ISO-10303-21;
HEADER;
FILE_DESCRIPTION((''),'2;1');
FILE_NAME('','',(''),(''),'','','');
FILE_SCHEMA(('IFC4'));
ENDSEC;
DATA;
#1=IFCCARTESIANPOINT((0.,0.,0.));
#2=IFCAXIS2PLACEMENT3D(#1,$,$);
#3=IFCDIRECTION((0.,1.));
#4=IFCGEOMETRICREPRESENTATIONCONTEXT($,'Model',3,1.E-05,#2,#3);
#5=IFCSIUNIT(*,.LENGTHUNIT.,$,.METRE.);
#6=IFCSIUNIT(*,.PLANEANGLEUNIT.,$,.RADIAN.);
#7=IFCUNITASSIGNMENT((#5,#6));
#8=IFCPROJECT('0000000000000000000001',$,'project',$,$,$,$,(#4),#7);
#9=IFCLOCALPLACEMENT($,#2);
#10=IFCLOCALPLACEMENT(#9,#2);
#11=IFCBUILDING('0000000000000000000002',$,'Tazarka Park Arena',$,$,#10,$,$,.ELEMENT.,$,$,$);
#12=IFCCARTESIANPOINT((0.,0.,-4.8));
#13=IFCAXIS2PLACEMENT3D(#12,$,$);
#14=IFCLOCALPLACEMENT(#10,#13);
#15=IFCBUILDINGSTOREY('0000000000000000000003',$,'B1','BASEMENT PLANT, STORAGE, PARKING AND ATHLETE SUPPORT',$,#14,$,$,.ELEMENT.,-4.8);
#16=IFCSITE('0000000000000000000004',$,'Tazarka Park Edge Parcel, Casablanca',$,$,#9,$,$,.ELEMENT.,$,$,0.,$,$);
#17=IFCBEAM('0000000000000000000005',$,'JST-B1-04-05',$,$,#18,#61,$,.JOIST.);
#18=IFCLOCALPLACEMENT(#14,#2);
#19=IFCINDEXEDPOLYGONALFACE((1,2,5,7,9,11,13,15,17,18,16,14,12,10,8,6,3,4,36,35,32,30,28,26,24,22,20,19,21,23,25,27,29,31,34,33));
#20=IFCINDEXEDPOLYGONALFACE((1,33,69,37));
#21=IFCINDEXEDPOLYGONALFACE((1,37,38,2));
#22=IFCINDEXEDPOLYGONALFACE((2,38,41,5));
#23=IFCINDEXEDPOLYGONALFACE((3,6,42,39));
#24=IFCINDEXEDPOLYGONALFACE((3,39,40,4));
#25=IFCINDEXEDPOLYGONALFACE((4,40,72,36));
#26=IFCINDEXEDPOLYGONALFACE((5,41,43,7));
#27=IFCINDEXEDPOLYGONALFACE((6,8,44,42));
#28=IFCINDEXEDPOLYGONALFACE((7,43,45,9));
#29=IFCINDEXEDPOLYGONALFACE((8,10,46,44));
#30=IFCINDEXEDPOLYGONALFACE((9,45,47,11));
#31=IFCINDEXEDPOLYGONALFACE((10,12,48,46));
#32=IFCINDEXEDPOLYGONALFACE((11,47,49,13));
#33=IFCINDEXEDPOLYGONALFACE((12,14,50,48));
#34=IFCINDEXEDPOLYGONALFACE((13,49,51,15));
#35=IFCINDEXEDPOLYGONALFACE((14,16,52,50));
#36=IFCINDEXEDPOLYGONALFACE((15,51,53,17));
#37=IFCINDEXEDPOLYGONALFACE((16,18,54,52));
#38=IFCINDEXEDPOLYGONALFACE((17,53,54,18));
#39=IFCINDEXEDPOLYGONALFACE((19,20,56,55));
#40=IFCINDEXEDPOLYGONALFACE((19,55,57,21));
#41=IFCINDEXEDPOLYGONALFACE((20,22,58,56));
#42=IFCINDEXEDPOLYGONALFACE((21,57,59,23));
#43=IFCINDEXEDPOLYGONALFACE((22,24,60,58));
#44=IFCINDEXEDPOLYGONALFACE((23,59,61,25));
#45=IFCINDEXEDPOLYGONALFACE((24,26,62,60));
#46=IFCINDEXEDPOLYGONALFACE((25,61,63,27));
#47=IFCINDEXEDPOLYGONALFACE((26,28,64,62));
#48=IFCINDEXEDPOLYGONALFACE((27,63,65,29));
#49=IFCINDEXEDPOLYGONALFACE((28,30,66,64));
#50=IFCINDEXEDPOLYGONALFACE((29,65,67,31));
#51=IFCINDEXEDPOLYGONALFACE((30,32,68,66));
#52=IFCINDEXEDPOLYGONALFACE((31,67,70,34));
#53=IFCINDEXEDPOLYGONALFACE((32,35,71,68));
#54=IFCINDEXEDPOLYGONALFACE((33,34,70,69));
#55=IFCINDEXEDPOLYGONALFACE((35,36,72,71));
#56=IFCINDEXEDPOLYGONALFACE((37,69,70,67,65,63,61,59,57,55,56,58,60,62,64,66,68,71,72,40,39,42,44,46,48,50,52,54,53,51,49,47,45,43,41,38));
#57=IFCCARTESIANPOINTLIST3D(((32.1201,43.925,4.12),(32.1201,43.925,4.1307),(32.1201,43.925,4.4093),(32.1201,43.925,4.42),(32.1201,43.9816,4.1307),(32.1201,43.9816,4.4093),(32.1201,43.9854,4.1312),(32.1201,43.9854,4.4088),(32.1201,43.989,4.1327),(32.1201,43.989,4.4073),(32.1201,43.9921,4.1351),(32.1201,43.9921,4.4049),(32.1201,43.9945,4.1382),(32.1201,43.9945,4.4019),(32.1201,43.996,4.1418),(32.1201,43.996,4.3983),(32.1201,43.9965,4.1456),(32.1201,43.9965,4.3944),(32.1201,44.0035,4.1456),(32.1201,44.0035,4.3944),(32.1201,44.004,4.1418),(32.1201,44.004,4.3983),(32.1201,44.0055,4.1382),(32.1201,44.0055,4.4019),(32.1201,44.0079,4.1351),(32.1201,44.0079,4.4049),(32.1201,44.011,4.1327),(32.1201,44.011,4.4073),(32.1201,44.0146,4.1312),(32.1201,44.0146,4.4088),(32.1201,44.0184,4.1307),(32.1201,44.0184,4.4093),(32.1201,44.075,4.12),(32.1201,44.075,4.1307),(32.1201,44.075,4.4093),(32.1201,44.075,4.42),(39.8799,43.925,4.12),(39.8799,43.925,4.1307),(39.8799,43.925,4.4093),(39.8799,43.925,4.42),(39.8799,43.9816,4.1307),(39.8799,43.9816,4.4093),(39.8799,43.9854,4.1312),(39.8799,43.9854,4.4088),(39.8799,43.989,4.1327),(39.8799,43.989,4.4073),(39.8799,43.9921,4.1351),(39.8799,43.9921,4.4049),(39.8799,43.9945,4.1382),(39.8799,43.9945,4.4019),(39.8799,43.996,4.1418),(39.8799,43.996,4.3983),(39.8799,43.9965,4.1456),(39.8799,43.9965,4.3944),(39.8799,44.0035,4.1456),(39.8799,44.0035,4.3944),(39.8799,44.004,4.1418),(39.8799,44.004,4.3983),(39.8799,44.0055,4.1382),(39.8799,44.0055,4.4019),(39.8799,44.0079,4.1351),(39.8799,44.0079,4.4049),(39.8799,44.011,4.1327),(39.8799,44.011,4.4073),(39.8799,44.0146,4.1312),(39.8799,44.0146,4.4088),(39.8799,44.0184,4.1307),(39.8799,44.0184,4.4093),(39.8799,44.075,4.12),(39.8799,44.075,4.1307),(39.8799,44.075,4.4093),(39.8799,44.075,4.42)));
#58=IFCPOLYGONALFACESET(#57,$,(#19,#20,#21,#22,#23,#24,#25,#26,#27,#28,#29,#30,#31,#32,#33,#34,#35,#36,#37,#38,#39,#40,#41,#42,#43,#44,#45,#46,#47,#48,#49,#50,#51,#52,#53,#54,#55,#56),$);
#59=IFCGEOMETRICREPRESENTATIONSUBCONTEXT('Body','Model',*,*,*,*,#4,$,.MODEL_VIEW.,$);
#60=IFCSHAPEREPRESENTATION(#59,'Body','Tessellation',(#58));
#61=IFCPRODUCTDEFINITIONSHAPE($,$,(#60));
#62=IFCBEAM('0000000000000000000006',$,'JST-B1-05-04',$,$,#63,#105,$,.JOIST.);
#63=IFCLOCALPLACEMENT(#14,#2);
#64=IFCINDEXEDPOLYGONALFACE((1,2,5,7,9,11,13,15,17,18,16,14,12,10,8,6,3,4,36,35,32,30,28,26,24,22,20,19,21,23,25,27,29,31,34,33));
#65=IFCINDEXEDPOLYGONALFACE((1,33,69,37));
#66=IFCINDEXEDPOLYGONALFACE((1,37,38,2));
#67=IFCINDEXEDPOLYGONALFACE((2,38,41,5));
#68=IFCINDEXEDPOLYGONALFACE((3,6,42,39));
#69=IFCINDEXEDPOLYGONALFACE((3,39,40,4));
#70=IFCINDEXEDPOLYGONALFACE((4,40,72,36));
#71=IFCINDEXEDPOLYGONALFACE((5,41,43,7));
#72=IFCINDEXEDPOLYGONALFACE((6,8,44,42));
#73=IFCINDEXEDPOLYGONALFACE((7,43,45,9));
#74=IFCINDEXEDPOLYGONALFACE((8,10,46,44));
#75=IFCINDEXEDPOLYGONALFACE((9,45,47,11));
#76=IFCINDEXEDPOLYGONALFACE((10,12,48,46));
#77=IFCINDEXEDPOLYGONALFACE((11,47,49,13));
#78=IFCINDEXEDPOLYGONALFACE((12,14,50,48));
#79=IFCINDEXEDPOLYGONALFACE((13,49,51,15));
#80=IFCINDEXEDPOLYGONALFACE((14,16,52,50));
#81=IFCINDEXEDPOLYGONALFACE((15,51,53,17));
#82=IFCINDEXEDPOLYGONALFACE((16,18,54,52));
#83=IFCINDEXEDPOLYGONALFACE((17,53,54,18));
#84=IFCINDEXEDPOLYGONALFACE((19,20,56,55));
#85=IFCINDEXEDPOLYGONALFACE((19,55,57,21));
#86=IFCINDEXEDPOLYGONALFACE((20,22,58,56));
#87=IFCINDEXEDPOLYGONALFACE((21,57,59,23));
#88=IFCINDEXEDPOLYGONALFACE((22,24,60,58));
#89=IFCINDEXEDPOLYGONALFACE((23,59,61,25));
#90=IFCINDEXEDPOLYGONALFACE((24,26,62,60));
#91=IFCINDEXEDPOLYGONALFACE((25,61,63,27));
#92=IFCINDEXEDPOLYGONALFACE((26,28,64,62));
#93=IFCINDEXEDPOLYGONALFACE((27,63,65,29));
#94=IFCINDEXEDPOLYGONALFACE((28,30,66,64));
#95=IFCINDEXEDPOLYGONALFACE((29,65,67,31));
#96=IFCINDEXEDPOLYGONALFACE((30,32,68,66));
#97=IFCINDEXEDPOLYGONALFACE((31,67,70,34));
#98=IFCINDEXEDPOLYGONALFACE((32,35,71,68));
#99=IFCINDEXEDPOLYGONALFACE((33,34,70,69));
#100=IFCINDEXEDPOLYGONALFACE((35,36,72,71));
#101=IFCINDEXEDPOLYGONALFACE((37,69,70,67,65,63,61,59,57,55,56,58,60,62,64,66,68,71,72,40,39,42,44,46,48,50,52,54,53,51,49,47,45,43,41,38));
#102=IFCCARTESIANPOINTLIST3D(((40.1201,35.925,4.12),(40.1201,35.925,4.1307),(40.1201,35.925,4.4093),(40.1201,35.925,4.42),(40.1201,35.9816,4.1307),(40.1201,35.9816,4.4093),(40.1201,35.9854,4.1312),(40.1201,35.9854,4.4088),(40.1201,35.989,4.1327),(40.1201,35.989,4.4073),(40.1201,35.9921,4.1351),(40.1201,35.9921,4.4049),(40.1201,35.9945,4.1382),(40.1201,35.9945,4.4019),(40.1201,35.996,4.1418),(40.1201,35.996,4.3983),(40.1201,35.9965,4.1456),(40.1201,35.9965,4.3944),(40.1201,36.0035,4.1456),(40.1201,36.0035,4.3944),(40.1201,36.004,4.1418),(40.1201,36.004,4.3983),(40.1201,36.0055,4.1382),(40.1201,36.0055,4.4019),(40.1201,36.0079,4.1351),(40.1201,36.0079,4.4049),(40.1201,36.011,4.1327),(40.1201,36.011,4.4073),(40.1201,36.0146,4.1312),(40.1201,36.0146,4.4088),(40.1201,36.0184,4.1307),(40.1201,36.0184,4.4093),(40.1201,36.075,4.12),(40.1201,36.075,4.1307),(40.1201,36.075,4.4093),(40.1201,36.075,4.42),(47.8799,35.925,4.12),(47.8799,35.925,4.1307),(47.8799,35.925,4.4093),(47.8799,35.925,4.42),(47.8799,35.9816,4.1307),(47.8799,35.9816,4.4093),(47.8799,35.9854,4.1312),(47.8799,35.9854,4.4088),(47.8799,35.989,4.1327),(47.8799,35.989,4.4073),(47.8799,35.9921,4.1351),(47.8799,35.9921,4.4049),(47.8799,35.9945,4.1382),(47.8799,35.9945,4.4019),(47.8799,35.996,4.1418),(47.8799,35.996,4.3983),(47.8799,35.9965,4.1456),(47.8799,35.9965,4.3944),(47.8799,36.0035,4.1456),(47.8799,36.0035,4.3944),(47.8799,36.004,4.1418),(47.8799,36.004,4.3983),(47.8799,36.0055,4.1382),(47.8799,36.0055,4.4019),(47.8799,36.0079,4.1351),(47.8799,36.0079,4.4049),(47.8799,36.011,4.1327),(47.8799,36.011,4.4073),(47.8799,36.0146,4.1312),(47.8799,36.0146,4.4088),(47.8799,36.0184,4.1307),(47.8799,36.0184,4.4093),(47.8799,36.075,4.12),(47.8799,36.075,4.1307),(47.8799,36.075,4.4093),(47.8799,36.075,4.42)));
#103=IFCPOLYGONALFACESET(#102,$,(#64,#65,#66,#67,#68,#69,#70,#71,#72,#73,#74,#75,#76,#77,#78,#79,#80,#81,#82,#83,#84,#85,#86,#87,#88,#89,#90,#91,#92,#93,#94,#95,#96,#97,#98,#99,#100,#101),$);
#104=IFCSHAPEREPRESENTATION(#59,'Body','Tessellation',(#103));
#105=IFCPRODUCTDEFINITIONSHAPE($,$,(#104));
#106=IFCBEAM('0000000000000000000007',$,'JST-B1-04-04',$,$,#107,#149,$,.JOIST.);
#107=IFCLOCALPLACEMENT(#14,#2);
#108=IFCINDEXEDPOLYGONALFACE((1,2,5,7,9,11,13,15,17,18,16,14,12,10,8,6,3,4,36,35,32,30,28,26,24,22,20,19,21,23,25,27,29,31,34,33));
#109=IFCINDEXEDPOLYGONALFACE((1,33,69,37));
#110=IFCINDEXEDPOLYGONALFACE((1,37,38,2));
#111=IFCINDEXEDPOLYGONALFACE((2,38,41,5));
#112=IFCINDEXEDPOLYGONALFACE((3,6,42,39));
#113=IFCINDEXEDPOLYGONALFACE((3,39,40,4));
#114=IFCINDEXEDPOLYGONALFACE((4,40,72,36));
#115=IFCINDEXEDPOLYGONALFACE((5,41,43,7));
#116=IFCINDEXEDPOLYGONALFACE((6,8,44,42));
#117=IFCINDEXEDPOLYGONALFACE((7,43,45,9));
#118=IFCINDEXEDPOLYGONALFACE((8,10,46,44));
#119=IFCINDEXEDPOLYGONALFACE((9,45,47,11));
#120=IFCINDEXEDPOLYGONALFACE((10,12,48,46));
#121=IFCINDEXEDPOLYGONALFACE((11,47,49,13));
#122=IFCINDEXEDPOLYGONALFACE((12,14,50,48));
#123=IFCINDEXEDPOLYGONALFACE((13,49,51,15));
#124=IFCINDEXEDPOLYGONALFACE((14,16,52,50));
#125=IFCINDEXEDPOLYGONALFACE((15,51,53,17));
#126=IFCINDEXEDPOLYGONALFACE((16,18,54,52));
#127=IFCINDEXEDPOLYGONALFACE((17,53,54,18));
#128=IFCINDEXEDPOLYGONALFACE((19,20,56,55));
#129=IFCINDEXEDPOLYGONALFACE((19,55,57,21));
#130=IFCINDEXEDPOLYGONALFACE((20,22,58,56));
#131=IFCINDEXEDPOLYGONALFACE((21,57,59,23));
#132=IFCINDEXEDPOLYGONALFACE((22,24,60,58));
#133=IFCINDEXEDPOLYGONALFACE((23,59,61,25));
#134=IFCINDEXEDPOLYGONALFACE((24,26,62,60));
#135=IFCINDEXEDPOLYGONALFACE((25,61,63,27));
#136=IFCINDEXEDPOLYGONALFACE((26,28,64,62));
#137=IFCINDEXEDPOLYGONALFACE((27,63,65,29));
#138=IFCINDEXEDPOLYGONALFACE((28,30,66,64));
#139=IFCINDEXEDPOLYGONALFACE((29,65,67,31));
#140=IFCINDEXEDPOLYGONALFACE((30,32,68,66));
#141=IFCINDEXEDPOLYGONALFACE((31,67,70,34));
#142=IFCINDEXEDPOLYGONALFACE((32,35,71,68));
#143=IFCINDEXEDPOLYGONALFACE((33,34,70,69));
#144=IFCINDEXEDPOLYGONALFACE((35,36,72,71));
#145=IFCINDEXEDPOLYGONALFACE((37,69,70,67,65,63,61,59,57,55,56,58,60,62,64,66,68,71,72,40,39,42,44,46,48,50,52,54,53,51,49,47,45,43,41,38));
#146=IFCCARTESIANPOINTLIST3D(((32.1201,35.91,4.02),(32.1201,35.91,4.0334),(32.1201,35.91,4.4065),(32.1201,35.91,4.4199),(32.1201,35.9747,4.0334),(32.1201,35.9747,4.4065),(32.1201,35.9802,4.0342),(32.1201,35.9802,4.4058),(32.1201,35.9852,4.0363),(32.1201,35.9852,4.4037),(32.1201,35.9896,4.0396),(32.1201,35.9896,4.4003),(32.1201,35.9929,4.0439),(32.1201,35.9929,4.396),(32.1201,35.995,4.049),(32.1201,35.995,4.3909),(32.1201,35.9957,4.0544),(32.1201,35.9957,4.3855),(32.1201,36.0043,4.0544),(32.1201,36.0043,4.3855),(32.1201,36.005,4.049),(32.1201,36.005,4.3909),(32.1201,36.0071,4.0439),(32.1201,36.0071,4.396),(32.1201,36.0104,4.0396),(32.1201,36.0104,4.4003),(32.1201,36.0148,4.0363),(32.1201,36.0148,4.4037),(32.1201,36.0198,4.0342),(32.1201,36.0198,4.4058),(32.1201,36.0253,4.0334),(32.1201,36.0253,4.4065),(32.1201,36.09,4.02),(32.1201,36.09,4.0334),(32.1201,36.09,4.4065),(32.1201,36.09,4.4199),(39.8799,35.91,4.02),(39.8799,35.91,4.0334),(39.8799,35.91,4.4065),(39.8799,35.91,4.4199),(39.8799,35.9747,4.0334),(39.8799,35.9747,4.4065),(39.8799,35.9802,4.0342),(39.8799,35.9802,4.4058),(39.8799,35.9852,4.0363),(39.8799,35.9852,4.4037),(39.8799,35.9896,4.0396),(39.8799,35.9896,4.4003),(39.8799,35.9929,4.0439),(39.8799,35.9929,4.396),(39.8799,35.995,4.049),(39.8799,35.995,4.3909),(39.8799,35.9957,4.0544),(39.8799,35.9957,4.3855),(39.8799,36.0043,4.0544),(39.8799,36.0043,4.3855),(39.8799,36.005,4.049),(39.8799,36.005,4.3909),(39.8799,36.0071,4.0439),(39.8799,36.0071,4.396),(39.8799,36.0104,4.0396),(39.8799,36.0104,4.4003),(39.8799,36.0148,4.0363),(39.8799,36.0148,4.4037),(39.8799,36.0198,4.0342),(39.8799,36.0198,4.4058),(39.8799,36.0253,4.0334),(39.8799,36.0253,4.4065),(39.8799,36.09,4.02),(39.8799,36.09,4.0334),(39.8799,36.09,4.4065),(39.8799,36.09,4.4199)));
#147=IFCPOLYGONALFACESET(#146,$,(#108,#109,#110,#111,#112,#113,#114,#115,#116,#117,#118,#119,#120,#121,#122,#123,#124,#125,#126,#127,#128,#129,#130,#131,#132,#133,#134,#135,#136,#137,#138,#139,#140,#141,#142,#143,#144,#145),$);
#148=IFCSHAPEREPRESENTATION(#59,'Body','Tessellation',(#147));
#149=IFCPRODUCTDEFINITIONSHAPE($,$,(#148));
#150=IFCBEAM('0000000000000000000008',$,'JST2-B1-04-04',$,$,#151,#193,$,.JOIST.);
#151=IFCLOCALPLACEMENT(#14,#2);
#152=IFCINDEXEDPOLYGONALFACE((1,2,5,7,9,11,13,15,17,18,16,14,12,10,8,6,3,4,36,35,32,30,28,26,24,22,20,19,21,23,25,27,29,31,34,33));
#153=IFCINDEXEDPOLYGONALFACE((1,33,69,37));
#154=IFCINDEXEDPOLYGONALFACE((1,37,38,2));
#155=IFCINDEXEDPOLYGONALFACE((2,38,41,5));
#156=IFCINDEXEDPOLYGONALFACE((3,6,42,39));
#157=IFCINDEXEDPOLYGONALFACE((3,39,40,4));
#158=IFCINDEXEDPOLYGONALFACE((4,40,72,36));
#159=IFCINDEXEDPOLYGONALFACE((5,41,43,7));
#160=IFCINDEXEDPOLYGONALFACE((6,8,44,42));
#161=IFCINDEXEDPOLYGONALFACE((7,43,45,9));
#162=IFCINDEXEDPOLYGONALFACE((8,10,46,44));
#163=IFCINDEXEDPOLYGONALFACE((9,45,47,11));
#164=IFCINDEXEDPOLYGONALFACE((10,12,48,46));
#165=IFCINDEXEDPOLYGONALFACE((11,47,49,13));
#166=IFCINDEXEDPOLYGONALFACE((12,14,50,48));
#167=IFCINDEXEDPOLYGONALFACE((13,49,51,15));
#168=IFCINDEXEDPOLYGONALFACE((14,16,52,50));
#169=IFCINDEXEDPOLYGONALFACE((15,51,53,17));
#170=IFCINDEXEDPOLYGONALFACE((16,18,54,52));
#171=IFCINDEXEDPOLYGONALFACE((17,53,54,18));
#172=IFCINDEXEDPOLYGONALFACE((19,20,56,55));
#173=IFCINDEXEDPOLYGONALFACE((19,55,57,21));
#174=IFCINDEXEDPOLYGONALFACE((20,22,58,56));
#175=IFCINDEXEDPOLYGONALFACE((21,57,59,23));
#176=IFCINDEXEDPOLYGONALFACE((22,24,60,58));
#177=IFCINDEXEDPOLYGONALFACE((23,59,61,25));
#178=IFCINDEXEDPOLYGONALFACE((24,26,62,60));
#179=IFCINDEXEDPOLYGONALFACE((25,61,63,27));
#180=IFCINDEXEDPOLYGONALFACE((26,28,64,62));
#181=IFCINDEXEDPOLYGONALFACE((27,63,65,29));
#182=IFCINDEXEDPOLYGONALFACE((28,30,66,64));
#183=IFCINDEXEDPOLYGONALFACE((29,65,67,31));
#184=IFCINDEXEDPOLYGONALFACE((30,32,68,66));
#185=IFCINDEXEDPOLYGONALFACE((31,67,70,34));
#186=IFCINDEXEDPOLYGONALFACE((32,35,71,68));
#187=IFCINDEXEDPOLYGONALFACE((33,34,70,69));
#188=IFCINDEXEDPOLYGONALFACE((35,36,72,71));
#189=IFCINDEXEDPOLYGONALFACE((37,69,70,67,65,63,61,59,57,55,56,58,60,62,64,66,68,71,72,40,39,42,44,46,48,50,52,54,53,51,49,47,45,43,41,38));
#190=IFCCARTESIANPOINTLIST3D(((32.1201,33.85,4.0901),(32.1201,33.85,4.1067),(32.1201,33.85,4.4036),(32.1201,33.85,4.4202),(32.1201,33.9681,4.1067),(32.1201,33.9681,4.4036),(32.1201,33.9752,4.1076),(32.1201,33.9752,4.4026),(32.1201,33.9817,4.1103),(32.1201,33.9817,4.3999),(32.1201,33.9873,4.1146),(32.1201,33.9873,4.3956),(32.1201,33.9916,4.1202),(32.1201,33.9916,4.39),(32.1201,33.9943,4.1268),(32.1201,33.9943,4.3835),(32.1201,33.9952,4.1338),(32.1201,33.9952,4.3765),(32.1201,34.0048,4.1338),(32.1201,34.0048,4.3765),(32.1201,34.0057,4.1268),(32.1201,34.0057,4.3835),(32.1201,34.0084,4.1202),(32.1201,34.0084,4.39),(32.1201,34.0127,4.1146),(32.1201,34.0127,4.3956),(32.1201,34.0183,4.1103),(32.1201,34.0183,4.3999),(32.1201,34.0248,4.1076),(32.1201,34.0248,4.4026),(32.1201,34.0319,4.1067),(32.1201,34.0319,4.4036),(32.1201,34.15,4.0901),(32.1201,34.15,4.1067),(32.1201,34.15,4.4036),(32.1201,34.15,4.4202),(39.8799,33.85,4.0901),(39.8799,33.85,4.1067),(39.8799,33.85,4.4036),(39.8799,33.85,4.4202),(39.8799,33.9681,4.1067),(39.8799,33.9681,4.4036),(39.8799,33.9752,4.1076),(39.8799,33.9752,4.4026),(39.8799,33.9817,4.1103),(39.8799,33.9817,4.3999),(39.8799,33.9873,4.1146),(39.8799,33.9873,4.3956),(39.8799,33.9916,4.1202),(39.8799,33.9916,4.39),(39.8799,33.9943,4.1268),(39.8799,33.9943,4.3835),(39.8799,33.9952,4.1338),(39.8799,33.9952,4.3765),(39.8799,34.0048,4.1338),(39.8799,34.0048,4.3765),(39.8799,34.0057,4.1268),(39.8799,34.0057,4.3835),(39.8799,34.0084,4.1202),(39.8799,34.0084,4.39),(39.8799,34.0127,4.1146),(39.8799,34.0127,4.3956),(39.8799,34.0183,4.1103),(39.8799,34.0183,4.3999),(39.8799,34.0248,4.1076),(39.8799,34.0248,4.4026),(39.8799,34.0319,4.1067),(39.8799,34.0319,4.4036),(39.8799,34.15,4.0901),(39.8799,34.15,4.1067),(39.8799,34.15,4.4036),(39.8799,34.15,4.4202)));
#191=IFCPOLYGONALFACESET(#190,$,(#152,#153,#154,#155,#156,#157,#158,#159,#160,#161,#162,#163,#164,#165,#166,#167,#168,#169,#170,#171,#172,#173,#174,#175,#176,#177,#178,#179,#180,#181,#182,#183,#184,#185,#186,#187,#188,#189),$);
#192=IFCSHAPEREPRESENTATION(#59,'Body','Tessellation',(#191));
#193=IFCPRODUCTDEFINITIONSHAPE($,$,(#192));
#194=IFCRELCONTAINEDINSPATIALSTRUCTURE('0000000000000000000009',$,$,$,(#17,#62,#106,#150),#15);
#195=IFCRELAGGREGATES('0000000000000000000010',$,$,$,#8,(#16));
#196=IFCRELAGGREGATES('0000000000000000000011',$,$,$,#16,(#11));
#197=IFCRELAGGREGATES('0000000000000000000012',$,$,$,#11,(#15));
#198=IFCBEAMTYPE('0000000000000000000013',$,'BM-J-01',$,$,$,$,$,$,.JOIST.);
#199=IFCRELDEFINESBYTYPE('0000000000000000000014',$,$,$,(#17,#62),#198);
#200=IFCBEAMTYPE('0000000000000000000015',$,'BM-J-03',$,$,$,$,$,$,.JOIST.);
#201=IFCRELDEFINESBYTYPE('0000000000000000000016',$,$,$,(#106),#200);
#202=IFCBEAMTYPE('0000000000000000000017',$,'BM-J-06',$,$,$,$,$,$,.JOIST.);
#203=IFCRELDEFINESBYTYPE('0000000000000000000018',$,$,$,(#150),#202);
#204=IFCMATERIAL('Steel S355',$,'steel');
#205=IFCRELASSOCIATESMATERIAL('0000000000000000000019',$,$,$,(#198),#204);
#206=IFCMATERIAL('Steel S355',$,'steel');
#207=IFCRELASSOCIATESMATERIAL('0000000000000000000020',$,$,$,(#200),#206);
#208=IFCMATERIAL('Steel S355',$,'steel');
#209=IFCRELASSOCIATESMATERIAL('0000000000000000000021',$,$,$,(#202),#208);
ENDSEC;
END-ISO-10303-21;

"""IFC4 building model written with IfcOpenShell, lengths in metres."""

from ifc_helpers import new_model, si_unit, direction, frame, origin, origin_2d, place, context, subcontext, project, spatial, i_section, extrude, material, material_profile, profile_set, type_object, element, save


model = new_model("IFC4")

# Units and contexts
model_context = context("Model", 3, precision=1e-05, world=origin(), true_north=direction((0.0, 1.0)))
body_context = subcontext(model_context, "Body", "Model", "MODEL_VIEW")
ifc_project = project(units=[si_unit("LENGTHUNIT", "METRE"), si_unit("PLANEANGLEUNIT", "RADIAN")], contexts=[model_context])

# Site, building, storey
site_placement = place(None, origin())
site = spatial("IfcSite", under=ifc_project, at=site_placement, Name="Tazarka Park Edge Parcel, Casablanca", CompositionType="ELEMENT", RefElevation=0.0)
building_placement = place(site_placement, origin())
building = spatial("IfcBuilding", under=site, at=building_placement, Name="Tazarka Park Arena", CompositionType="ELEMENT")
storey_placement = place(building_placement, frame((0.0, 0.0, -4.8)))
storey = spatial("IfcBuildingStorey", under=building, at=storey_placement, Name="B1", Description="BASEMENT PLANT, STORAGE, PARKING AND ATHLETE SUPPORT", CompositionType="ELEMENT", Elevation=-4.8)

# Beams
ifc_material_1 = material(Name="Steel S355", Category="steel")
ifc_material_profile_1 = material_profile(ifc_material_1, i_section(OverallWidth=0.1499, OverallDepth=0.3, WebThickness=0.0071, FlangeThickness=0.0107, FilletRadius=0.0149, at=origin_2d()), Name="Steel S355")
ifc_profile_set_1 = profile_set([ifc_material_profile_1], Name="Steel S355")
beam_type_1 = type_object("IfcBeamType", Name="BM-J-01", PredefinedType="JOIST", material=ifc_profile_set_1)
for number, where, z_axis, x_axis, name in (
    (1, (32.1201, 44.0, 4.27), (1.0, 0.0, 0.0), (0.0, 1.0, 0.0), "JST-B1-04-05"),
    (2, (40.1201, 36.0, 4.27), (1.0, 0.0, 0.0), (0.0, 1.0, 0.0), "JST-B1-05-04"),
):
    element("IfcBeam", number, at=place(storey_placement, frame(where, z_axis=z_axis, x_axis=x_axis)), inside=storey, type_object=beam_type_1, Name=name, PredefinedType="JOIST", context=body_context, shape_type="SweptSolid", body=[
        extrude(i_section(OverallWidth=0.1499, OverallDepth=0.3, WebThickness=0.0071, FlangeThickness=0.0107, FilletRadius=0.0149, at=origin_2d()), origin(), (0.0, 0.0, 1.0), 7.7598),
    ])
ifc_material_2 = material(Name="Steel S355", Category="steel")
ifc_material_profile_2 = material_profile(ifc_material_2, i_section(OverallWidth=0.1799, OverallDepth=0.3999, WebThickness=0.0085, FlangeThickness=0.0134, FilletRadius=0.021, at=origin_2d()), Name="Steel S355")
ifc_profile_set_2 = profile_set([ifc_material_profile_2], Name="Steel S355")
beam_type_2 = type_object("IfcBeamType", Name="BM-J-03", PredefinedType="JOIST", material=ifc_profile_set_2)
beam_1_placement = place(storey_placement, frame((32.1201, 36.0, 4.22), z_axis=(1.0, 0.0, 0.0), x_axis=(0.0, 1.0, 0.0)))
element("IfcBeam", 3, at=beam_1_placement, inside=storey, type_object=beam_type_2, Name="JST-B1-04-04", PredefinedType="JOIST", context=body_context, shape_type="SweptSolid", body=[
    extrude(i_section(OverallWidth=0.1799, OverallDepth=0.3999, WebThickness=0.0085, FlangeThickness=0.0134, FilletRadius=0.021, at=origin_2d()), origin(), (0.0, 0.0, 1.0), 7.7598),
])
ifc_material_3 = material(Name="Steel S355", Category="steel")
ifc_material_profile_3 = material_profile(ifc_material_3, i_section(OverallWidth=0.3, OverallDepth=0.3301, WebThickness=0.0095, FlangeThickness=0.0166, FilletRadius=0.0271, at=origin_2d()), Name="Steel S355")
ifc_profile_set_3 = profile_set([ifc_material_profile_3], Name="Steel S355")
beam_type_3 = type_object("IfcBeamType", Name="BM-J-06", PredefinedType="JOIST", material=ifc_profile_set_3)
beam_2_placement = place(storey_placement, frame((32.1201, 34.0, 4.2551), z_axis=(1.0, 0.0, 0.0), x_axis=(0.0, 1.0, 0.0)))
element("IfcBeam", 4, at=beam_2_placement, inside=storey, type_object=beam_type_3, Name="JST2-B1-04-04", PredefinedType="JOIST", context=body_context, shape_type="SweptSolid", body=[
    extrude(i_section(OverallWidth=0.3, OverallDepth=0.3301, WebThickness=0.0095, FlangeThickness=0.0166, FilletRadius=0.0271, at=origin_2d()), origin(), (0.0, 0.0, 1.0), 7.7598),
])

save(model, "model.ifc")
